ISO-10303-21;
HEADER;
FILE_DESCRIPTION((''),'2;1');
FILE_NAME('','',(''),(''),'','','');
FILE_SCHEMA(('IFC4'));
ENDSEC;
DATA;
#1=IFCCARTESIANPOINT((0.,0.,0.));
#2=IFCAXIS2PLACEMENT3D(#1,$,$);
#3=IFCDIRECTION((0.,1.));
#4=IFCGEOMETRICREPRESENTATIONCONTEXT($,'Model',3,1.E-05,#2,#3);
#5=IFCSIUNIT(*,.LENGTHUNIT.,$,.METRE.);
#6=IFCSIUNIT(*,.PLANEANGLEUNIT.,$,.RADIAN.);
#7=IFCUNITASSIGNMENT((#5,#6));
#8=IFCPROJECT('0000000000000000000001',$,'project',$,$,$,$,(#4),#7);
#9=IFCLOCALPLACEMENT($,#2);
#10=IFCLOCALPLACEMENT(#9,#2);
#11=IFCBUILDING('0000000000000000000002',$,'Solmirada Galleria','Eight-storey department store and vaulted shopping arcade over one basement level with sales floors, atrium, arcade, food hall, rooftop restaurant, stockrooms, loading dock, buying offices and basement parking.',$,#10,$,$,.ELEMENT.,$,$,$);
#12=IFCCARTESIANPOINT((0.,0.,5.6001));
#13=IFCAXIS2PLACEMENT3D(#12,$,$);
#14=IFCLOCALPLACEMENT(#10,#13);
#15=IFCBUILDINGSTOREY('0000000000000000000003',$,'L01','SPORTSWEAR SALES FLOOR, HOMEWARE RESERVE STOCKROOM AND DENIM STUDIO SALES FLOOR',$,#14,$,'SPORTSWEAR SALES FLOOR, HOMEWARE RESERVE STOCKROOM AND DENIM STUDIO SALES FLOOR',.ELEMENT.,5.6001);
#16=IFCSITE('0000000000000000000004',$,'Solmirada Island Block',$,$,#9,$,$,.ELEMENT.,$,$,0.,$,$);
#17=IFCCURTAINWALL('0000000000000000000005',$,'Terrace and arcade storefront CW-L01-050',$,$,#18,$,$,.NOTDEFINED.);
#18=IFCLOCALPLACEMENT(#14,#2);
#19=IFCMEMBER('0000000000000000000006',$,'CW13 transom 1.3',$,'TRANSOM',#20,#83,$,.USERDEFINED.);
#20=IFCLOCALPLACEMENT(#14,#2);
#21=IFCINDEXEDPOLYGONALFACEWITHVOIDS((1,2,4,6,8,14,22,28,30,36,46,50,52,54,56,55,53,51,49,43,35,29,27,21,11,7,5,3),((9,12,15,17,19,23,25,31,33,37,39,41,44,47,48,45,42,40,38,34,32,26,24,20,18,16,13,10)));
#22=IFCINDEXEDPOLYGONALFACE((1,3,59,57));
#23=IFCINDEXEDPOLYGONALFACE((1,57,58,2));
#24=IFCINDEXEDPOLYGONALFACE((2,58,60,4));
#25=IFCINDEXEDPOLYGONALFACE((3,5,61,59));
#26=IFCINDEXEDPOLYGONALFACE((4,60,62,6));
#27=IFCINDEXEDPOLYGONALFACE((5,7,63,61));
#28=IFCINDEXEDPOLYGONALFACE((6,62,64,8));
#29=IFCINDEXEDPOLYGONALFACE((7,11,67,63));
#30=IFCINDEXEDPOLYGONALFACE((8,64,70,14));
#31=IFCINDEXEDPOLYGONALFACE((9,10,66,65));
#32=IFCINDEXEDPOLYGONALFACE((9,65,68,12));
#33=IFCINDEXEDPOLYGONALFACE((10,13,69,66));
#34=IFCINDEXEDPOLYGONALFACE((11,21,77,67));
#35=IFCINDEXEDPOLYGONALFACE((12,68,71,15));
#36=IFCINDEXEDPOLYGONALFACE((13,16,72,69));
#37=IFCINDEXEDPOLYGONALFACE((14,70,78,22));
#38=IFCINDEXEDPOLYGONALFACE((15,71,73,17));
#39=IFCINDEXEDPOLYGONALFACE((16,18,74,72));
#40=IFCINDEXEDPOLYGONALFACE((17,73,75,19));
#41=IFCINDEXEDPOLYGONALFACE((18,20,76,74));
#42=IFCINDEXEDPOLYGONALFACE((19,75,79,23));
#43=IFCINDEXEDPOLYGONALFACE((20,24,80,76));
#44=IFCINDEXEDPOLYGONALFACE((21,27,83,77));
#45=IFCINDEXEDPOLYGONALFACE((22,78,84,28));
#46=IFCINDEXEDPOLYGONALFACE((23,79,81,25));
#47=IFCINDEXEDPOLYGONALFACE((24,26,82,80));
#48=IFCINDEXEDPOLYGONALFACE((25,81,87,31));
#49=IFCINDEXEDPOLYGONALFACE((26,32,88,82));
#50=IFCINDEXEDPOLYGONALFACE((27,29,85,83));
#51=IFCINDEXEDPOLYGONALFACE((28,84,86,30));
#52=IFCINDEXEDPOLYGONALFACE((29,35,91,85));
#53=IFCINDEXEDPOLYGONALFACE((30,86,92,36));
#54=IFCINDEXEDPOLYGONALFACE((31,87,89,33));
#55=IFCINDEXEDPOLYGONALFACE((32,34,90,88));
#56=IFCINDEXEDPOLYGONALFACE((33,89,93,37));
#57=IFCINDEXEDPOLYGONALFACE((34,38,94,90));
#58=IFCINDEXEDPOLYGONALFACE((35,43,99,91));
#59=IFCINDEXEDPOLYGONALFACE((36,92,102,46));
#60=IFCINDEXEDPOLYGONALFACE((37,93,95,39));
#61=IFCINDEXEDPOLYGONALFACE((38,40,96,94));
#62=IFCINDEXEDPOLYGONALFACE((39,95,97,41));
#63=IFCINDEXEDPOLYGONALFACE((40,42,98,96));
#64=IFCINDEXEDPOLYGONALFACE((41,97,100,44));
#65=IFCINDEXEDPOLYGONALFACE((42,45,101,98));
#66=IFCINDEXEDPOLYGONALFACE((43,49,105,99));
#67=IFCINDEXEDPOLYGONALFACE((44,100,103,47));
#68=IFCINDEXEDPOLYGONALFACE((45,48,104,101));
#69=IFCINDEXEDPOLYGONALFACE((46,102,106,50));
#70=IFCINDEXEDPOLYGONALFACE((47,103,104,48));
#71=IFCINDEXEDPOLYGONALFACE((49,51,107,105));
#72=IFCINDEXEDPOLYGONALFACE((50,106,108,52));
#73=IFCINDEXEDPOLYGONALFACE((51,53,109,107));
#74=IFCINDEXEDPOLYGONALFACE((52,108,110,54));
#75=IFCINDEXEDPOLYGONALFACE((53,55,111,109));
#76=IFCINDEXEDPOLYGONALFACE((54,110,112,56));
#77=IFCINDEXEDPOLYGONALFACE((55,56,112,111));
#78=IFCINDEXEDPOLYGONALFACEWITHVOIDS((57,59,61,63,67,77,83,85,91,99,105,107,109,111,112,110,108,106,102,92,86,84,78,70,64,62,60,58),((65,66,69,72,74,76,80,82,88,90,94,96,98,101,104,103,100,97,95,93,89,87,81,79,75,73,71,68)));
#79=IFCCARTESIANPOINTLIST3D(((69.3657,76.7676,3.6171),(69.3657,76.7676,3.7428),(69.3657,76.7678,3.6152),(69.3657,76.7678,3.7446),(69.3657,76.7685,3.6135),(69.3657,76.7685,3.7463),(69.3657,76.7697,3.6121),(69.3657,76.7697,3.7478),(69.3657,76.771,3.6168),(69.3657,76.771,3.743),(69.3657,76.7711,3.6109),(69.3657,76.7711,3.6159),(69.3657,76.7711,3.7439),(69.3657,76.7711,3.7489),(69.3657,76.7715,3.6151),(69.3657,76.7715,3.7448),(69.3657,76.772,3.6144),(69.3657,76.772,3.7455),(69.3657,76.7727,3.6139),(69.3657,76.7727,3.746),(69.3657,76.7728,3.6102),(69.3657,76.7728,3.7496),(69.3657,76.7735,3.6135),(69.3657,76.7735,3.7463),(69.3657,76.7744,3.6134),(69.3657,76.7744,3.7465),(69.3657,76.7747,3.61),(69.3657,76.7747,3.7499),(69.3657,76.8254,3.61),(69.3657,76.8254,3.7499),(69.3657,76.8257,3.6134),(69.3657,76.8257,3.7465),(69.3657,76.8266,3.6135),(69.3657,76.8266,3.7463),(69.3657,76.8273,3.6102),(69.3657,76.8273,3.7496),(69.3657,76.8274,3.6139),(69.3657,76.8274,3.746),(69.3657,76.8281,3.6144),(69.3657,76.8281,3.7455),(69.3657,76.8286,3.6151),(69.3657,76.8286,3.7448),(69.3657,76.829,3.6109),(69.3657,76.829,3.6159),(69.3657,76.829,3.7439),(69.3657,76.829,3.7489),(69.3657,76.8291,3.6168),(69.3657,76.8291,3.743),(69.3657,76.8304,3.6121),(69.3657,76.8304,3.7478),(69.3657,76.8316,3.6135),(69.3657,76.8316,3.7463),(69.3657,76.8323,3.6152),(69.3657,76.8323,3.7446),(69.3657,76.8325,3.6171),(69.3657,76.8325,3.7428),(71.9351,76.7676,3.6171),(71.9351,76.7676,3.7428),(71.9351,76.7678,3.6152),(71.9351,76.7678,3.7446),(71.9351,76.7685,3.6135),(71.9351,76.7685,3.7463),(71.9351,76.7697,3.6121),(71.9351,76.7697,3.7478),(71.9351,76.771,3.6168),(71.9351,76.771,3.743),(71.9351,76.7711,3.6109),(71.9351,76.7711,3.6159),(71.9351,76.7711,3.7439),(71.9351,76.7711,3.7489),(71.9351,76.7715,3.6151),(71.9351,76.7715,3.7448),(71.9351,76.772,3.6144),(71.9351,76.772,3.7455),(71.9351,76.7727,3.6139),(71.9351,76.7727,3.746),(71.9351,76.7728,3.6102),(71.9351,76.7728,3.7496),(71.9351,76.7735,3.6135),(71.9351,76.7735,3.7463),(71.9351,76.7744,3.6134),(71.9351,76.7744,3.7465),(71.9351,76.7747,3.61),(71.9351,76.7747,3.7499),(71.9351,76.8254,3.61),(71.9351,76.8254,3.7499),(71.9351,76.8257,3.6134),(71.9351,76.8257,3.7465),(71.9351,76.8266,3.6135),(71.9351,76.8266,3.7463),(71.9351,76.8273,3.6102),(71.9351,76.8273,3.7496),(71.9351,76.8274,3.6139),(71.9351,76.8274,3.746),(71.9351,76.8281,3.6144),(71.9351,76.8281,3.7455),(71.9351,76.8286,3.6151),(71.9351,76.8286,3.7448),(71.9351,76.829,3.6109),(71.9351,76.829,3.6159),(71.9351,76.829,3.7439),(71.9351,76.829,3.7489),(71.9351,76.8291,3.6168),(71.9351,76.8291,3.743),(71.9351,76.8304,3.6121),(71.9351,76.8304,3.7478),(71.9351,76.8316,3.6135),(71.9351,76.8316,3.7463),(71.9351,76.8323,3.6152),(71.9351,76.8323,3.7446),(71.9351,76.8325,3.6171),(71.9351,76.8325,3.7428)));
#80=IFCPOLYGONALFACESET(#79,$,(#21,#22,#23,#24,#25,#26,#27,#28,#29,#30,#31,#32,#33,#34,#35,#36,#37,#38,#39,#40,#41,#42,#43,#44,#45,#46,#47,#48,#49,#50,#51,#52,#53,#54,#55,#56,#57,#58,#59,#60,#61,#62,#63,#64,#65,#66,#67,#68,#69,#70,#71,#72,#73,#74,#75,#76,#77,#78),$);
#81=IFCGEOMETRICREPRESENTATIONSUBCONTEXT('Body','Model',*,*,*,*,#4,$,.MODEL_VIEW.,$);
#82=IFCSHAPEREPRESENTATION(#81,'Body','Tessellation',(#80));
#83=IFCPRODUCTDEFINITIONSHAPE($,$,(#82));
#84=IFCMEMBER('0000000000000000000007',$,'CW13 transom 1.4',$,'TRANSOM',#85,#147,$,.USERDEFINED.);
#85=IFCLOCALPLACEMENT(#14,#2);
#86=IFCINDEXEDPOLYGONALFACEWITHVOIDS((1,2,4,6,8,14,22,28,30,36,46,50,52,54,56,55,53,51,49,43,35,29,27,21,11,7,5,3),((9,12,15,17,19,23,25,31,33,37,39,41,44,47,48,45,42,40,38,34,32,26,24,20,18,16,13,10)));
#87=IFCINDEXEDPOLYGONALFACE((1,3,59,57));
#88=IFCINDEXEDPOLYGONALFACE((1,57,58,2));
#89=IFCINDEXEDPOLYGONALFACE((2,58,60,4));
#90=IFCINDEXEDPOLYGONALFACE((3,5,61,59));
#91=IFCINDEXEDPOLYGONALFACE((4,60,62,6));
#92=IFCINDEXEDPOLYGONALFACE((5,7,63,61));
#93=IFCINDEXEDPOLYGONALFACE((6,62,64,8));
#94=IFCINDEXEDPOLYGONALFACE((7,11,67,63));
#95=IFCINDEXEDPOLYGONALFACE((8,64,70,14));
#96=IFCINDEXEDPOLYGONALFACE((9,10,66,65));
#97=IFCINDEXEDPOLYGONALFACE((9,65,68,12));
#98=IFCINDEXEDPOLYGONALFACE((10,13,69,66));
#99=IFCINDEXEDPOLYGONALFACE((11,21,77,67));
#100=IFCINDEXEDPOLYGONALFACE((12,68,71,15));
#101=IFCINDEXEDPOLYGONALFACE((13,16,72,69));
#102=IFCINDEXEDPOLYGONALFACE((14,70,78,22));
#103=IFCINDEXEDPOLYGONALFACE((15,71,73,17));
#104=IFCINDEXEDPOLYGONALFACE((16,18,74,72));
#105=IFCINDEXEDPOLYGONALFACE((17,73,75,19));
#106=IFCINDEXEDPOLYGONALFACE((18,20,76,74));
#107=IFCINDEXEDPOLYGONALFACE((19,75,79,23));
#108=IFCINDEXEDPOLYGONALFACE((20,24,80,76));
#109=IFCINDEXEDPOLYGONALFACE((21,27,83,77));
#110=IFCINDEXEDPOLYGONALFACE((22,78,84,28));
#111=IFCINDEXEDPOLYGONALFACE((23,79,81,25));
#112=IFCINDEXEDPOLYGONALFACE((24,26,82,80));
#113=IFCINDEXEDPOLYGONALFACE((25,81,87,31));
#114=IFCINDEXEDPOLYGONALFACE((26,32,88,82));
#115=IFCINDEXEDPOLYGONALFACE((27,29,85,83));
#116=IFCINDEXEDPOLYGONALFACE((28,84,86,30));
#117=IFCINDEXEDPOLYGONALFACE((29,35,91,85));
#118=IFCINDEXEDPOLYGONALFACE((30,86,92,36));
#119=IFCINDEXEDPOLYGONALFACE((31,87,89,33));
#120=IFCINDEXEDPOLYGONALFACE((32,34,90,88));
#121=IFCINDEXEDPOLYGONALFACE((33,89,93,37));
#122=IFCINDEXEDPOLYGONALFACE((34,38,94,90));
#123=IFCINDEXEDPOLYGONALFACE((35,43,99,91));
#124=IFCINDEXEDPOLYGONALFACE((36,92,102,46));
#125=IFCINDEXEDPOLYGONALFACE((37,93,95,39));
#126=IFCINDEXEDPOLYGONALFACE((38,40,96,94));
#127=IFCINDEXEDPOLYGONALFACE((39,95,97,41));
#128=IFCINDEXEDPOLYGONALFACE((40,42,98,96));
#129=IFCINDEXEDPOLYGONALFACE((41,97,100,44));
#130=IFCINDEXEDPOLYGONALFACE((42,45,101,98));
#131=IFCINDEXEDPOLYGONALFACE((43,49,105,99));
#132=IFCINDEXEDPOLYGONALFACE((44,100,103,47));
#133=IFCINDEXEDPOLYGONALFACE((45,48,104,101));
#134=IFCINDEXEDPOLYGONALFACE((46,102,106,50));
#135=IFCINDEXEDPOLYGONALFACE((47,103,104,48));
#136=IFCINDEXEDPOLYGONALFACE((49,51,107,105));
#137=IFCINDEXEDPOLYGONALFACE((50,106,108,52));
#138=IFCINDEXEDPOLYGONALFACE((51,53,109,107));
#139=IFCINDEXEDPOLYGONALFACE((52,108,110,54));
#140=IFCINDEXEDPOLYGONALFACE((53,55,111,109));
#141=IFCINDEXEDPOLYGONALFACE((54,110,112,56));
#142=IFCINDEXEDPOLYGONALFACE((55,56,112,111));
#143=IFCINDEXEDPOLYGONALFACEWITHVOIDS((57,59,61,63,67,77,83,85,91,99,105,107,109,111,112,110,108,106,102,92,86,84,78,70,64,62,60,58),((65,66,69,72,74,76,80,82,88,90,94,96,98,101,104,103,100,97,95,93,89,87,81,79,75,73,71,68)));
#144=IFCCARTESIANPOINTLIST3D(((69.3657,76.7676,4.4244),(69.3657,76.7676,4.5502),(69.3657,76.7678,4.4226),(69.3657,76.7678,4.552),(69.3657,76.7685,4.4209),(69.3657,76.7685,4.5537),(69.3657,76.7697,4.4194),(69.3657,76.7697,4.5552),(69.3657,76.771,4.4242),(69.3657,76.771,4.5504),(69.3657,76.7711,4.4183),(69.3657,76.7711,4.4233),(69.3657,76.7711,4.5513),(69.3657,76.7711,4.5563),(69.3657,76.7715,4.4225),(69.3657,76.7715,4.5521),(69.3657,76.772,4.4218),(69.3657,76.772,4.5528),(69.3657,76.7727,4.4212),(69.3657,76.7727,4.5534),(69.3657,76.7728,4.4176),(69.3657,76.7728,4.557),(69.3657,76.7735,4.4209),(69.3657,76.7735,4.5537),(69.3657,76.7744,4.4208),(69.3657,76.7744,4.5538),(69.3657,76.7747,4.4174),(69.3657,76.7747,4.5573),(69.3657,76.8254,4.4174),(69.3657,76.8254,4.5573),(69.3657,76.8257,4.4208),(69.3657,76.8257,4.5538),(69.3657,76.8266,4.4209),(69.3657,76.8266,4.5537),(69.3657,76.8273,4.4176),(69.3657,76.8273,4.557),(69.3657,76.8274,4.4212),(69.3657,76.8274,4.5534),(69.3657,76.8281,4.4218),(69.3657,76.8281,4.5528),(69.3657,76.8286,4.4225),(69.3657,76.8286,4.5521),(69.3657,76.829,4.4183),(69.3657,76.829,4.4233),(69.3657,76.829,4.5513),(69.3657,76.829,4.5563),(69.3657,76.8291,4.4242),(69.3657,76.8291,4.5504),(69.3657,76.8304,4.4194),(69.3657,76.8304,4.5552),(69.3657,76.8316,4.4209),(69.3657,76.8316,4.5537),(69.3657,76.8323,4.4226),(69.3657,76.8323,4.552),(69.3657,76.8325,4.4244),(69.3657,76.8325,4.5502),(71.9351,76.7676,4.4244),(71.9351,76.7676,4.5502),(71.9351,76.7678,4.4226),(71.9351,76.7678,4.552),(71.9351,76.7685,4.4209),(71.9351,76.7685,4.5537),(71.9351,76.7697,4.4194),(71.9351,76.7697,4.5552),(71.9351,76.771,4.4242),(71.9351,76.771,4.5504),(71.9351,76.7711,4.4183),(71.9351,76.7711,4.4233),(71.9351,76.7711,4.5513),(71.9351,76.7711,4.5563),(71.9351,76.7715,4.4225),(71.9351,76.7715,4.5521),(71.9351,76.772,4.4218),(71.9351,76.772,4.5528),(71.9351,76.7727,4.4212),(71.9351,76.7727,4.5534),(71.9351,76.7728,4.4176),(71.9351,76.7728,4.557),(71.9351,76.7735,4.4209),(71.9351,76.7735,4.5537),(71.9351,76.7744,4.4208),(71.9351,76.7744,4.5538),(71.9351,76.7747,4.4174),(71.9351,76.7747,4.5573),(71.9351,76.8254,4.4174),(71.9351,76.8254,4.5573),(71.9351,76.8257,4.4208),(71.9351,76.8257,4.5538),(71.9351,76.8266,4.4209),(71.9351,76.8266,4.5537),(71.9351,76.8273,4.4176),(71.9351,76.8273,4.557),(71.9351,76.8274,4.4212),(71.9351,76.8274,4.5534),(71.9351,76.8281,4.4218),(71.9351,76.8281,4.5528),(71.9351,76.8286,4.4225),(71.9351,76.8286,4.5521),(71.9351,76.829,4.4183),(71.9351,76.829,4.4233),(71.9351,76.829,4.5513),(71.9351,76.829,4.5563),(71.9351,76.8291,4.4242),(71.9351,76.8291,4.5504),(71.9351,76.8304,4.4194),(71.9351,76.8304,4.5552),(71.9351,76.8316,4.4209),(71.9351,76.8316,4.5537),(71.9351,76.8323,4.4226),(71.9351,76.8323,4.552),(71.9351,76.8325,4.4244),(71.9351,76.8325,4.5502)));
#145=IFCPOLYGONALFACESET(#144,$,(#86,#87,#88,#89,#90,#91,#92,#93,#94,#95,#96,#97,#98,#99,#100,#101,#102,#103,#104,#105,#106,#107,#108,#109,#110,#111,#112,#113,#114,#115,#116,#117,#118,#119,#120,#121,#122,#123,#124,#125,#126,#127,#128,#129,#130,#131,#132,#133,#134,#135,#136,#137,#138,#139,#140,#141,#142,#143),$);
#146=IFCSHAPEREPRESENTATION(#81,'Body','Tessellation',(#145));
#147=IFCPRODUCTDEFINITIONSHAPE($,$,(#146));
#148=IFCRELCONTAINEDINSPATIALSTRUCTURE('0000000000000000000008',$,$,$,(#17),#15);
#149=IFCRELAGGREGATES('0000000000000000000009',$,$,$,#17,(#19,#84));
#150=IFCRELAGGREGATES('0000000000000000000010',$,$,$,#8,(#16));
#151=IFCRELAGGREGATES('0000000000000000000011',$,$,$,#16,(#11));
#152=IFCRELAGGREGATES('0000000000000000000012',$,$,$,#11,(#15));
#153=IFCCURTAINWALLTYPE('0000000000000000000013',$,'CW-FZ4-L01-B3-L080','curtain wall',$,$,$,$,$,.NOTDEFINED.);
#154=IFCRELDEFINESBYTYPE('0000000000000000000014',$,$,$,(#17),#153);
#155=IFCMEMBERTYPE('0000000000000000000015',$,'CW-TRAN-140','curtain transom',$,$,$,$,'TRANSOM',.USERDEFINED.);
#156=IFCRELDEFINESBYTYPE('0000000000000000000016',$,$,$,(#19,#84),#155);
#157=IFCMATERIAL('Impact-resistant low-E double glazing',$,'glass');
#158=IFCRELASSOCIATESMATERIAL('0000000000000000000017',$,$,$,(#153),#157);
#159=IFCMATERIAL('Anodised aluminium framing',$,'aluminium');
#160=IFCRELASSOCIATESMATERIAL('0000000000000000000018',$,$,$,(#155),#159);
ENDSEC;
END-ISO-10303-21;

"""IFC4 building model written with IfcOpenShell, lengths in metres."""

from ifc_helpers import new_model, si_unit, direction, frame, origin, origin_2d, place, context, subcontext, project, spatial, hollow_rectangle, extrude, material, material_profile, profile_set, type_object, element, aggregate, save


model = new_model("IFC4")

# Units and contexts
model_context = context("Model", 3, precision=1e-05, world=origin(), true_north=direction((0.0, 1.0)))
body_context = subcontext(model_context, "Body", "Model", "MODEL_VIEW")
ifc_project = project(units=[si_unit("LENGTHUNIT", "METRE"), si_unit("PLANEANGLEUNIT", "RADIAN")], contexts=[model_context])

# Site, building, storey
site_placement = place(None, origin())
site = spatial("IfcSite", under=ifc_project, at=site_placement, Name="Solmirada Island Block", CompositionType="ELEMENT", RefElevation=0.0)
building_placement = place(site_placement, origin())
building = spatial("IfcBuilding", under=site, at=building_placement, Name="Solmirada Galleria", Description="Eight-storey department store and vaulted shopping arcade over one basement level with sales floors, atrium, arcade, food hall, rooftop restaurant, stockrooms, loading dock, buying offices and basement parking.", CompositionType="ELEMENT")
storey_placement = place(building_placement, frame((0.0, 0.0, 5.6001)))
storey = spatial("IfcBuildingStorey", under=building, at=storey_placement, Name="L01", Description="SPORTSWEAR SALES FLOOR, HOMEWARE RESERVE STOCKROOM AND DENIM STUDIO SALES FLOOR", LongName="SPORTSWEAR SALES FLOOR, HOMEWARE RESERVE STOCKROOM AND DENIM STUDIO SALES FLOOR", CompositionType="ELEMENT", Elevation=5.6001)

# Curtain wall
ifc_material_1 = material(Name="Impact-resistant low-E double glazing", Category="glass")
curtain_wall_type = type_object("IfcCurtainWallType", Name="CW-FZ4-L01-B3-L080", Description="curtain wall", PredefinedType="NOTDEFINED", material=ifc_material_1)
ifc_material_2 = material(Name="Anodised aluminium framing", Category="aluminium")
curtain_wall_1_placement = place(storey_placement, origin())
curtain_wall_1 = element("IfcCurtainWall", 1, at=curtain_wall_1_placement, inside=storey, type_object=curtain_wall_type, Name="Terrace and arcade storefront CW-L01-050", PredefinedType="NOTDEFINED")

# Members
ifc_material_profile_1 = material_profile(ifc_material_2, hollow_rectangle(XDim=0.0649, YDim=0.1399, WallThickness=0.0034, InnerFilletRadius=0.0034, OuterFilletRadius=0.0071, at=origin_2d()), Name="ALU-TRAN-140X65")
ifc_profile_set_1 = profile_set([ifc_material_profile_1], Name="Anodised aluminium framing")
member_type_1 = type_object("IfcMemberType", Name="CW-TRAN-140", Description="curtain transom", ElementType="TRANSOM", PredefinedType="USERDEFINED", material=ifc_profile_set_1)
member_1_placement = place(storey_placement, frame((71.9351, 76.8, 3.6799), z_axis=(-1.0, 0.0, 0.0), x_axis=(0.0, -1.0, 0.0)))
member_1 = element("IfcMember", 2, at=member_1_placement, type_object=member_type_1, Name="CW13 transom 1.3", ObjectType="TRANSOM", PredefinedType="USERDEFINED", context=body_context, shape_type="SweptSolid", body=[
    extrude(hollow_rectangle(XDim=0.0649, YDim=0.1399, WallThickness=0.0034, InnerFilletRadius=0.0034, OuterFilletRadius=0.0071, at=origin_2d()), origin(), (0.0, 0.0, 1.0), 2.5693),
])
member_2_placement = place(storey_placement, frame((71.9351, 76.8, 4.4873), z_axis=(-1.0, 0.0, 0.0), x_axis=(0.0, -1.0, 0.0)))
member_2 = element("IfcMember", 3, at=member_2_placement, type_object=member_type_1, Name="CW13 transom 1.4", ObjectType="TRANSOM", PredefinedType="USERDEFINED", context=body_context, shape_type="SweptSolid", body=[
    extrude(hollow_rectangle(XDim=0.0649, YDim=0.1399, WallThickness=0.0034, InnerFilletRadius=0.0034, OuterFilletRadius=0.0071, at=origin_2d()), origin(), (0.0, 0.0, 1.0), 2.5693),
])

aggregate(curtain_wall_1, [member_1, member_2])

save(model, "model.ifc")
